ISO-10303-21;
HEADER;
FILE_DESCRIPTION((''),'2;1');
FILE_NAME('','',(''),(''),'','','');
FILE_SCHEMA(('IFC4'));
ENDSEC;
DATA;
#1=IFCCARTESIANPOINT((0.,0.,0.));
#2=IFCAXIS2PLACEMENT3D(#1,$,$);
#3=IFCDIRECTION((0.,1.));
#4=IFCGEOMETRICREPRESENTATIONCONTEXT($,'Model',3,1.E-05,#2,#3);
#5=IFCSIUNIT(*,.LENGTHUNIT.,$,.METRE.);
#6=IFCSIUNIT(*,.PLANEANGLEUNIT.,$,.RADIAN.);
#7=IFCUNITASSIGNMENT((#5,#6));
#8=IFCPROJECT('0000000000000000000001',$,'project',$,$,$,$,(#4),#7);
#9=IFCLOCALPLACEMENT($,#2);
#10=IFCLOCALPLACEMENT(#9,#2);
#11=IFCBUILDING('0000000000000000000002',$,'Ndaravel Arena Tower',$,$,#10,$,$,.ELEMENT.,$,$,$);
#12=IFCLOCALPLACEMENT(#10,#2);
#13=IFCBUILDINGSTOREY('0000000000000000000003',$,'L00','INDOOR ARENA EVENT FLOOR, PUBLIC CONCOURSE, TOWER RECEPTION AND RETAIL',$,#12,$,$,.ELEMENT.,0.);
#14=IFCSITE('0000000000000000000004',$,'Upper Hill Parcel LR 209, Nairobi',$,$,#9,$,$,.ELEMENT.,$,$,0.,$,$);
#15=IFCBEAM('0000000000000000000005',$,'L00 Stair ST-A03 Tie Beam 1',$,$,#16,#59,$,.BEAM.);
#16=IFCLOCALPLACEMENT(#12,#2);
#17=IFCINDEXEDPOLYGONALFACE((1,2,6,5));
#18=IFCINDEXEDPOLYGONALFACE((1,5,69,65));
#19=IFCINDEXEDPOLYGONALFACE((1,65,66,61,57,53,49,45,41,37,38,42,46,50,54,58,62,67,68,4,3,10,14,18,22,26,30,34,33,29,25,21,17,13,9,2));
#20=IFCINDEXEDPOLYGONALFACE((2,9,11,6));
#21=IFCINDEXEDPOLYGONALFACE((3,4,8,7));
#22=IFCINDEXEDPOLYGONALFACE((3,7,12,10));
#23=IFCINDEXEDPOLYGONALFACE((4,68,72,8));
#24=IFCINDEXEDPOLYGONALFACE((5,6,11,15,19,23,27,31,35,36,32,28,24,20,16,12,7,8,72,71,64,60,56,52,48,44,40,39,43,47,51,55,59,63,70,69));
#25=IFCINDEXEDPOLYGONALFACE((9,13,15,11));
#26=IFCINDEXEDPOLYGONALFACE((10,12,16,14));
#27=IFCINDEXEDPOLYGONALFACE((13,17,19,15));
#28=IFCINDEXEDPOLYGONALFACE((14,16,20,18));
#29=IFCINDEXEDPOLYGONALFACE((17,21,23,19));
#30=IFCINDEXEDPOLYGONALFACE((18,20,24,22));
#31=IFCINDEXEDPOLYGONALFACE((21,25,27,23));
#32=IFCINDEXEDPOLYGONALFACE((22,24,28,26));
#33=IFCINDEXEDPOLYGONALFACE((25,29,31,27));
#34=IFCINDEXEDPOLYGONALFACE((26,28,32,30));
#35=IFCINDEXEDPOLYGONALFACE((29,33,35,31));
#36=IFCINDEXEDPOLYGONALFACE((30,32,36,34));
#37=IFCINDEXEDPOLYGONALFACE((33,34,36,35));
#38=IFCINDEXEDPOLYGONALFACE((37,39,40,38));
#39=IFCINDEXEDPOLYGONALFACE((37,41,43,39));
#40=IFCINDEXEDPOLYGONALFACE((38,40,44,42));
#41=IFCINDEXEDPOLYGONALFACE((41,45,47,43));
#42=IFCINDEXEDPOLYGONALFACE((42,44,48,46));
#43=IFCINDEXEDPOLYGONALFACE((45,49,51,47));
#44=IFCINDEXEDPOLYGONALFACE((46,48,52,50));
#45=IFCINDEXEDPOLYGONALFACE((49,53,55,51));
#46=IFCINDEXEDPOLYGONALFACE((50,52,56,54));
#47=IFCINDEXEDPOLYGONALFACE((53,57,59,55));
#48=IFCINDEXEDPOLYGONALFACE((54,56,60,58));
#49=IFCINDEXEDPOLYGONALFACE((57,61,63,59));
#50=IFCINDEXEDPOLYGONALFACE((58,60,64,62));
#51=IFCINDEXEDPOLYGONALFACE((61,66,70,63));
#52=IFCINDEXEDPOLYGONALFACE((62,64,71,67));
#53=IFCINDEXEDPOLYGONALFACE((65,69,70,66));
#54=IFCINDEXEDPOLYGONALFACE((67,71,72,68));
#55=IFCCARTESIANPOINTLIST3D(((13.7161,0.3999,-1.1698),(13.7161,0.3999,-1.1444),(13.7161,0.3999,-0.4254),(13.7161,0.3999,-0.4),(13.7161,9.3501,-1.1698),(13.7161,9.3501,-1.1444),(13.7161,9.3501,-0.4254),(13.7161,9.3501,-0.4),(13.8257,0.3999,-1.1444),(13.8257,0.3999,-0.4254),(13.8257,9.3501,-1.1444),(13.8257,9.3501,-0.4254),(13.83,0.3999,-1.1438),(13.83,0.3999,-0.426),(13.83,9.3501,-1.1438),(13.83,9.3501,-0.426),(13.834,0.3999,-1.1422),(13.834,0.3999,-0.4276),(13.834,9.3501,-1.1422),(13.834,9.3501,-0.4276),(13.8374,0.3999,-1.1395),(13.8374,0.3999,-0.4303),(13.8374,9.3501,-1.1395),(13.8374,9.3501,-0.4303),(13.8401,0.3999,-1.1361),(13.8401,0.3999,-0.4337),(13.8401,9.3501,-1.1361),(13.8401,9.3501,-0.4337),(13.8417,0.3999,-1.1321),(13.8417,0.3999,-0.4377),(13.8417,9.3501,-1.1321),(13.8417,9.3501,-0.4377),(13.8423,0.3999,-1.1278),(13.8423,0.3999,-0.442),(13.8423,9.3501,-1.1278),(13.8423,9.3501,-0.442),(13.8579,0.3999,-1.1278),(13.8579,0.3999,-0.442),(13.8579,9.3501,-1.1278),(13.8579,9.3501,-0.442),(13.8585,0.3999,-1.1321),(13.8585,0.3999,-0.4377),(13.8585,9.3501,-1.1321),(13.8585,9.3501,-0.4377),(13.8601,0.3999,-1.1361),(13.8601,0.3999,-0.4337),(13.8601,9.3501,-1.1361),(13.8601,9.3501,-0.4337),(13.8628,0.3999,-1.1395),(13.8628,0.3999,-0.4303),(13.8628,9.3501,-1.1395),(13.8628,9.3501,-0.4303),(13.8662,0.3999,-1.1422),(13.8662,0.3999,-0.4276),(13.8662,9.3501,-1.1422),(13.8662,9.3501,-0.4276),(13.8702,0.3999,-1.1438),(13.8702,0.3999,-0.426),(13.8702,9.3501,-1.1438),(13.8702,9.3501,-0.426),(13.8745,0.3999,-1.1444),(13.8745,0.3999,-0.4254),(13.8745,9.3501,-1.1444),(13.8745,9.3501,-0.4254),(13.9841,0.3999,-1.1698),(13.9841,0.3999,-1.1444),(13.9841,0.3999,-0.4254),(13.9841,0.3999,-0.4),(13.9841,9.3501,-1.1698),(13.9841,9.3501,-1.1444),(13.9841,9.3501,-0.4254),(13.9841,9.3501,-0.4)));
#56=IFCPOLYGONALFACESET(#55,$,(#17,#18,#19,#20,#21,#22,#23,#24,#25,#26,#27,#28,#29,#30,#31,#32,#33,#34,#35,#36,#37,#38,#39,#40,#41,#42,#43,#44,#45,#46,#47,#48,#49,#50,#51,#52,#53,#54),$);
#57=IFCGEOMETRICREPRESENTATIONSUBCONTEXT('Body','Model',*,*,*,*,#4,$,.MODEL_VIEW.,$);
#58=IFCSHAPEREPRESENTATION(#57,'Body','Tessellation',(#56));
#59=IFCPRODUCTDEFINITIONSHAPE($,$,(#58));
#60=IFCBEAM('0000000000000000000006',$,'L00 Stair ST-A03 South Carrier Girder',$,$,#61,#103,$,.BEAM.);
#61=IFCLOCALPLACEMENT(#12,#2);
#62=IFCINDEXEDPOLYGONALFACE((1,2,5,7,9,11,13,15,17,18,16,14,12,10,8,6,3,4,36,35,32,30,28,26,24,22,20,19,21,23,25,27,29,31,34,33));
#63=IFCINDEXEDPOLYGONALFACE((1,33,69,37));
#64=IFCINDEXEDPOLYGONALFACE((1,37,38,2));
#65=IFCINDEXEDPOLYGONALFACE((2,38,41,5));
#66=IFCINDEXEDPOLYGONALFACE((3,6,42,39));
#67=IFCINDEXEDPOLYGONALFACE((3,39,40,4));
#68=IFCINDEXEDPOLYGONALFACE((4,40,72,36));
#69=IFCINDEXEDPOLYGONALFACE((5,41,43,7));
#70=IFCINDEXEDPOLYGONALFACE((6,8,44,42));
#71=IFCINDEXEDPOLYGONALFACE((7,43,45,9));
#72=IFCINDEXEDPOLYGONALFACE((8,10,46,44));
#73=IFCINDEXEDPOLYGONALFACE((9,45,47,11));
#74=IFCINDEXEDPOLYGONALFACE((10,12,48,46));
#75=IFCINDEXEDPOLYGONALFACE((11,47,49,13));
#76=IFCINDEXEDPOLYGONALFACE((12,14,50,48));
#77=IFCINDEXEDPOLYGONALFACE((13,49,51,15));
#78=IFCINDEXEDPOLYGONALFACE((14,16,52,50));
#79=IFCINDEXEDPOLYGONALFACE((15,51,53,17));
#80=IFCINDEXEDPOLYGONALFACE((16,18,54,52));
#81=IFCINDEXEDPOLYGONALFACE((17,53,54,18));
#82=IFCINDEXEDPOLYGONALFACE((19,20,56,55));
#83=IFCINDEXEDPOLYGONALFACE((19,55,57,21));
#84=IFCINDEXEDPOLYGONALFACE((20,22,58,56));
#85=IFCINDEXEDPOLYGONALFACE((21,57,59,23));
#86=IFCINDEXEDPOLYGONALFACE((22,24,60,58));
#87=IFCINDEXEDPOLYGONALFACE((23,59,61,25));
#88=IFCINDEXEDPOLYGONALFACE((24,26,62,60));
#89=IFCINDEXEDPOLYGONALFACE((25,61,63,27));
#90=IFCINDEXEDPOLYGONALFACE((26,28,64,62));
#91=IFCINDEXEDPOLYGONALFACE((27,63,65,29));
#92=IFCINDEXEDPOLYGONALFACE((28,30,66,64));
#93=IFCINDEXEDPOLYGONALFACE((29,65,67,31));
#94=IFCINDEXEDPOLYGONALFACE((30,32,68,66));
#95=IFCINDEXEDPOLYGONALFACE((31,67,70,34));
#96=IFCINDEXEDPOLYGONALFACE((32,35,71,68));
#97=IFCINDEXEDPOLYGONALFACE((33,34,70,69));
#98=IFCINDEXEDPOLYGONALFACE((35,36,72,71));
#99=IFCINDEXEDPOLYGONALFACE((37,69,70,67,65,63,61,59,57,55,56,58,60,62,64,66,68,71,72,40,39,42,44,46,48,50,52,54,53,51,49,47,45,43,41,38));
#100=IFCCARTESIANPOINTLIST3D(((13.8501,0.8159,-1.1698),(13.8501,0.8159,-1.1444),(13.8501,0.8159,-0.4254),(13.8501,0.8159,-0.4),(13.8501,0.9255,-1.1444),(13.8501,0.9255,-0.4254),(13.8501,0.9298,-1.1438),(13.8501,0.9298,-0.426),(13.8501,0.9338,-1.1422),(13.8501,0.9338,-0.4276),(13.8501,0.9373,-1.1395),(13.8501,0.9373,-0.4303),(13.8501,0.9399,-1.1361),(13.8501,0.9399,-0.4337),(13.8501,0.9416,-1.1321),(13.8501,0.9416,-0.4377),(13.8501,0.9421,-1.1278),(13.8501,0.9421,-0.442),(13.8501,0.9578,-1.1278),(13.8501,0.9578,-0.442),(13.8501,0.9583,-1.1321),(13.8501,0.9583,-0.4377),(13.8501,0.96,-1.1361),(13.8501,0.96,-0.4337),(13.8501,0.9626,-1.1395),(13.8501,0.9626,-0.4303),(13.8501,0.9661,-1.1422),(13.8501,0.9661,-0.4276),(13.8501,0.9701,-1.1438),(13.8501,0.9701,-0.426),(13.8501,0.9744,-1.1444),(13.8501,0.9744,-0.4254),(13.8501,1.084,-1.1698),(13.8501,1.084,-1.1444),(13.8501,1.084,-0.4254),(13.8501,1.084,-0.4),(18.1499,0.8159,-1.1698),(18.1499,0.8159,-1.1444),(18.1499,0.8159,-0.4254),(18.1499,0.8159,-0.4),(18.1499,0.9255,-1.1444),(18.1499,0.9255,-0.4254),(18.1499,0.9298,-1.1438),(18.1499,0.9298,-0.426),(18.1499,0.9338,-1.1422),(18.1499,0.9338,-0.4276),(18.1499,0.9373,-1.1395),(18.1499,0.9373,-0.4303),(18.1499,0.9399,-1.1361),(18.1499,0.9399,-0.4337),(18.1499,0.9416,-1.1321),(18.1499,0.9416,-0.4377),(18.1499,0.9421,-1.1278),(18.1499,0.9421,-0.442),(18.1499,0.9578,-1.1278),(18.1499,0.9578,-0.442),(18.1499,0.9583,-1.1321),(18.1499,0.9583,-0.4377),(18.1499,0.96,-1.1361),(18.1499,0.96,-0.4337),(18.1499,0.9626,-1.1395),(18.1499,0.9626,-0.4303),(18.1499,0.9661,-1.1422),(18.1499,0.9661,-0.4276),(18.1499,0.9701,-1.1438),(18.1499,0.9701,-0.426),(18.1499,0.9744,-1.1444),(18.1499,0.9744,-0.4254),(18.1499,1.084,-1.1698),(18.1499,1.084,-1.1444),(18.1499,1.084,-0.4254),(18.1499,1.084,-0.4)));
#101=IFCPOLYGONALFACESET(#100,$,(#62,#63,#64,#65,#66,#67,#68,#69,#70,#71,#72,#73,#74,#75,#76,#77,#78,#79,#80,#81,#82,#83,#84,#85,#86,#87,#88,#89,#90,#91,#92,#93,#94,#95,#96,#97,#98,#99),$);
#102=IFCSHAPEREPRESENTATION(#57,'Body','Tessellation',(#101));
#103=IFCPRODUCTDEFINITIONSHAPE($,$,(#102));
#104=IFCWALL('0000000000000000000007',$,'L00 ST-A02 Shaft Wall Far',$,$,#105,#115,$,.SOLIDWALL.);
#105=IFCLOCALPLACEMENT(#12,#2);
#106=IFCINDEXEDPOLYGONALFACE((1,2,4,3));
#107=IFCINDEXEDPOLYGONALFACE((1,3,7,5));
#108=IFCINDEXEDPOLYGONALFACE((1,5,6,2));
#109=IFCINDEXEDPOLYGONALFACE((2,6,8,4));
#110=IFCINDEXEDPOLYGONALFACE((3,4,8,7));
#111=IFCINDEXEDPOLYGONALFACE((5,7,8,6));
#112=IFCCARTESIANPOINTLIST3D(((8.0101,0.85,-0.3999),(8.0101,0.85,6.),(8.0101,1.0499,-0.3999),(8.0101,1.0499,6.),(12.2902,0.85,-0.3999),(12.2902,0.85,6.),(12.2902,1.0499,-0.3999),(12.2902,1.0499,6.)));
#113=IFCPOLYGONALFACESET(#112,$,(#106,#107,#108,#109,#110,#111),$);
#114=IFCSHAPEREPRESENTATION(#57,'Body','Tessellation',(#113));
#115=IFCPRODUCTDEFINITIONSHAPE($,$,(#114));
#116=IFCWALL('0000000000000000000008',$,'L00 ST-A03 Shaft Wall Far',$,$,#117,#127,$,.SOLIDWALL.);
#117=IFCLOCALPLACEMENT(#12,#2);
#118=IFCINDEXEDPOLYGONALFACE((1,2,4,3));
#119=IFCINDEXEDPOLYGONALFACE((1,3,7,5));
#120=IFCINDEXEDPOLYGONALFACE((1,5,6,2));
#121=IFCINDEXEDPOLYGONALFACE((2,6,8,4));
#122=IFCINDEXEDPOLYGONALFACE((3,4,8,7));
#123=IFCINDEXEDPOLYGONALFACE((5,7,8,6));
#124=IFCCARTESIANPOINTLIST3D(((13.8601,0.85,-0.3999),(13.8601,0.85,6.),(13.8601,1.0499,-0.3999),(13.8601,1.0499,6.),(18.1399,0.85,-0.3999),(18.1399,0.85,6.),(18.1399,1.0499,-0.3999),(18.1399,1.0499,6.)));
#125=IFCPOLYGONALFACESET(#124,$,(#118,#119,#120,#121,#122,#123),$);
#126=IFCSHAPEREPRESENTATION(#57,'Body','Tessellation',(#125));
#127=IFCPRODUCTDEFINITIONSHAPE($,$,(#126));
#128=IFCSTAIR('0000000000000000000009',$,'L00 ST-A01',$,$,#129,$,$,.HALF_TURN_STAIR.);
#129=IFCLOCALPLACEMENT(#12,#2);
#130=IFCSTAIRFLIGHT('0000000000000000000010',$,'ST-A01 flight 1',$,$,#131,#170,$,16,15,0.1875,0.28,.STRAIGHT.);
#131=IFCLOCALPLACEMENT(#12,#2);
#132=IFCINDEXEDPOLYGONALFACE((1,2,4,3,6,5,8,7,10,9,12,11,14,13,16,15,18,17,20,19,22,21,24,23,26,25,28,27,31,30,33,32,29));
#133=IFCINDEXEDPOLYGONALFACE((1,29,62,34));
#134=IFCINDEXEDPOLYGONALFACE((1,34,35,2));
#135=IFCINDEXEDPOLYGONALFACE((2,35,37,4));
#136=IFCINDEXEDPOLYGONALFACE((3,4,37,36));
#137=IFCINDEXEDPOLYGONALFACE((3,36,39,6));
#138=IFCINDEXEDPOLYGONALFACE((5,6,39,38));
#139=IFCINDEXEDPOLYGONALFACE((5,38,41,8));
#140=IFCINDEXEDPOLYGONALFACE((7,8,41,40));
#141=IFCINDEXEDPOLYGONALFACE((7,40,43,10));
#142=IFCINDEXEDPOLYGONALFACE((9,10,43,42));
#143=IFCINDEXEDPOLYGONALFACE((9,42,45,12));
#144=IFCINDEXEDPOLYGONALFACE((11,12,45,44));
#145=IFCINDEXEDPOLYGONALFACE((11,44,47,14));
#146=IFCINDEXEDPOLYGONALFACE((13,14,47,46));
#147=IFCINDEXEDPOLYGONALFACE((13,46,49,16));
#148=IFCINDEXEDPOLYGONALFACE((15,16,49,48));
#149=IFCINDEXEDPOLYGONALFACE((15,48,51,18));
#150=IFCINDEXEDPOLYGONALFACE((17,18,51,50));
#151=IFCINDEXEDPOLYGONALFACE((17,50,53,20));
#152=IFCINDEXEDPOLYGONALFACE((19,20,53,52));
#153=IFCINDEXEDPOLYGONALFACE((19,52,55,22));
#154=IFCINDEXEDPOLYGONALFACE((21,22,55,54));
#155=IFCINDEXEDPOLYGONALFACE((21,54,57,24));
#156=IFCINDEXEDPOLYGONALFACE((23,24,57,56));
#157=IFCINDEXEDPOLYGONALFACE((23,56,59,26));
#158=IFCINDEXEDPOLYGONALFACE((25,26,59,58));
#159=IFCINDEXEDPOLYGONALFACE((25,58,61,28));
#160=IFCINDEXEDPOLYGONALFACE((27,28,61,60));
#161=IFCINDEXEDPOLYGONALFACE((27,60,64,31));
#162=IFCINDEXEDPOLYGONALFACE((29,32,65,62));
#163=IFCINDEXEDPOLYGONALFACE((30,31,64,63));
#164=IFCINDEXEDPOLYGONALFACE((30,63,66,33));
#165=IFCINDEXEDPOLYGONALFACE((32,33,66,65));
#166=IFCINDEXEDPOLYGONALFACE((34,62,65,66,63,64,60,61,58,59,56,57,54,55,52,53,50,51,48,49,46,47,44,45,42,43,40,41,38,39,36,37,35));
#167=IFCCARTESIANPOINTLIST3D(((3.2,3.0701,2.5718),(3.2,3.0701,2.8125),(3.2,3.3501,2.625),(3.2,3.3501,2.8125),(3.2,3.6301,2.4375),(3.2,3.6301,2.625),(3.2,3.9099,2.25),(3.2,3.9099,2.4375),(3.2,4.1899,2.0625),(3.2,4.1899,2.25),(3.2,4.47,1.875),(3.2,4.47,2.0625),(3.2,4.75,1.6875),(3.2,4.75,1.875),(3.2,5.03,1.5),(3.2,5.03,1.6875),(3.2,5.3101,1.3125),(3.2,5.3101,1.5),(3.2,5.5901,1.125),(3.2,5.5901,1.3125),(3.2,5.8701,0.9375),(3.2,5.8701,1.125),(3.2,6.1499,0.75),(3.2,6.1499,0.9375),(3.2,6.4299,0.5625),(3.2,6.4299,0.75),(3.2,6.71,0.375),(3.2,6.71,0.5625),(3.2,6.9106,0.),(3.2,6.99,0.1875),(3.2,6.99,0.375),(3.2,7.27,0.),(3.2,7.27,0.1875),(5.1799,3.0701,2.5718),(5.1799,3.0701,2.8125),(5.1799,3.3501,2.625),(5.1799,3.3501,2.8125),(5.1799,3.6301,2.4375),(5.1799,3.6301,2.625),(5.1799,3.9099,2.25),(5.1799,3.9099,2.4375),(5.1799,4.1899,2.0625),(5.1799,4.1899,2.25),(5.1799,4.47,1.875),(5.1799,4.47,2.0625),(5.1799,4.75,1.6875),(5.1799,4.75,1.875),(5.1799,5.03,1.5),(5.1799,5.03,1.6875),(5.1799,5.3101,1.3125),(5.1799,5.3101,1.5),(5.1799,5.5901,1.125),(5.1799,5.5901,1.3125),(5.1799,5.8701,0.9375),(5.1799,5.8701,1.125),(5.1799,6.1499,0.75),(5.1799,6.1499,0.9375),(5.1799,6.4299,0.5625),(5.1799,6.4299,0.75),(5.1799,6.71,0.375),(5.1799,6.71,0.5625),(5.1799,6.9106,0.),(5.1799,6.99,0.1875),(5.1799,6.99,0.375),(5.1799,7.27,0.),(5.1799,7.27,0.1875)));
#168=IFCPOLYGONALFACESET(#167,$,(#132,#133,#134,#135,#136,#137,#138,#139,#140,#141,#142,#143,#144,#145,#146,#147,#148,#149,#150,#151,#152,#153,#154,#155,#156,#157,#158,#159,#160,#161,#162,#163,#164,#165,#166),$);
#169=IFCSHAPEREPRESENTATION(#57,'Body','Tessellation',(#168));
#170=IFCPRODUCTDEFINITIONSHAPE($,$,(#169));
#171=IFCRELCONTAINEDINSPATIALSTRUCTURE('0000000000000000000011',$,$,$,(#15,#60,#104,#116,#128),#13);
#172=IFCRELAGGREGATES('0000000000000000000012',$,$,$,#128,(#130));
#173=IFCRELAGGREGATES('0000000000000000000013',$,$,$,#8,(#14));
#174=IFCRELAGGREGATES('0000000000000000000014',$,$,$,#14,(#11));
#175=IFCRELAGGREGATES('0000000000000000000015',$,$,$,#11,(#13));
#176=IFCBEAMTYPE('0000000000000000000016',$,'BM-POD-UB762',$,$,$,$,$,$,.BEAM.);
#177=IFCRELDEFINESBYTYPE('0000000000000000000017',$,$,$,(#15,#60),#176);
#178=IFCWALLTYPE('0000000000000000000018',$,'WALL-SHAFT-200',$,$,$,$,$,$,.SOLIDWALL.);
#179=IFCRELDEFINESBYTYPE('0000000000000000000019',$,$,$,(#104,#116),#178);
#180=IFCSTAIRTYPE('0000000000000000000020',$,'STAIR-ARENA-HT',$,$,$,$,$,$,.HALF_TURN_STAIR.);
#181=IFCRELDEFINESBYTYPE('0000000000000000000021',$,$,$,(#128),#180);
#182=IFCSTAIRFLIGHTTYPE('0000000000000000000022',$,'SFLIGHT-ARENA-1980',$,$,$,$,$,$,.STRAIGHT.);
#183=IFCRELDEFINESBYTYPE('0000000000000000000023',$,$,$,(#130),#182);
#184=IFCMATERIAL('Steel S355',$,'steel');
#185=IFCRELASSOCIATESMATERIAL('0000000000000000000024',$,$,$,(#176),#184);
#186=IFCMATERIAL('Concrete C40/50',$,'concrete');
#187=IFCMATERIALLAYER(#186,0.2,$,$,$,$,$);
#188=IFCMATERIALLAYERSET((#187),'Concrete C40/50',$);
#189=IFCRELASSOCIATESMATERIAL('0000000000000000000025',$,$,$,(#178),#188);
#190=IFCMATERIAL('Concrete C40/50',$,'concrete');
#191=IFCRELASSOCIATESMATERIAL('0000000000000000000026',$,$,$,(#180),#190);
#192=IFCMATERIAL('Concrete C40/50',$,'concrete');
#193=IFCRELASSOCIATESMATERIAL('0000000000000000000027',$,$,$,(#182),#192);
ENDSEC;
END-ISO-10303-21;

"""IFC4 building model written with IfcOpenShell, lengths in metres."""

from ifc_helpers import new_model, si_unit, direction, frame, frame_2d, origin, origin_2d, place, context, subcontext, project, spatial, polyline, rectangle, i_section, outline, extrude, material, layer, layer_set, material_profile, profile_set, type_object, element, aggregate, save


model = new_model("IFC4")

# Units and contexts
model_context = context("Model", 3, precision=1e-05, world=origin(), true_north=direction((0.0, 1.0)))
body_context = subcontext(model_context, "Body", "Model", "MODEL_VIEW")
ifc_project = project(units=[si_unit("LENGTHUNIT", "METRE"), si_unit("PLANEANGLEUNIT", "RADIAN")], contexts=[model_context])

# Site, building, storey
site_placement = place(None, origin())
site = spatial("IfcSite", under=ifc_project, at=site_placement, Name="Upper Hill Parcel LR 209, Nairobi", CompositionType="ELEMENT", RefElevation=0.0)
building_placement = place(site_placement, origin())
building = spatial("IfcBuilding", under=site, at=building_placement, Name="Ndaravel Arena Tower", CompositionType="ELEMENT")
storey_placement = place(building_placement, origin())
storey = spatial("IfcBuildingStorey", under=building, at=storey_placement, Name="L00", Description="INDOOR ARENA EVENT FLOOR, PUBLIC CONCOURSE, TOWER RECEPTION AND RETAIL", CompositionType="ELEMENT", Elevation=0.0)

# Beams
ifc_material_1 = material(Name="Steel S355", Category="steel")
ifc_material_profile = material_profile(ifc_material_1, i_section(OverallWidth=0.2681, OverallDepth=0.7698, WebThickness=0.0156, FlangeThickness=0.0254, FilletRadius=0.0166, at=origin_2d()), Name="UB 762x267x197")
ifc_profile_set = profile_set([ifc_material_profile], Name="Steel S355")
beam_type = type_object("IfcBeamType", Name="BM-POD-UB762", PredefinedType="BEAM", material=ifc_profile_set)
beam_1_placement = place(storey_placement, frame((13.8501, 0.3999, -0.7849), z_axis=(0.0, 1.0, 0.0), x_axis=(-1.0, 0.0, 0.0)))
element("IfcBeam", 1, at=beam_1_placement, inside=storey, type_object=beam_type, Name="L00 Stair ST-A03 Tie Beam 1", PredefinedType="BEAM", context=body_context, shape_type="SweptSolid", body=[
    extrude(i_section(OverallWidth=0.2681, OverallDepth=0.7698, WebThickness=0.0156, FlangeThickness=0.0254, FilletRadius=0.0166, at=origin_2d()), origin(), (0.0, 0.0, 1.0), 8.9502),
])
beam_2_placement = place(storey_placement, frame((13.8501, 0.95, -0.7849), z_axis=(1.0, 0.0, 0.0), x_axis=(0.0, 1.0, 0.0)))
element("IfcBeam", 2, at=beam_2_placement, inside=storey, type_object=beam_type, Name="L00 Stair ST-A03 South Carrier Girder", PredefinedType="BEAM", context=body_context, shape_type="SweptSolid", body=[
    extrude(i_section(OverallWidth=0.2681, OverallDepth=0.7698, WebThickness=0.0156, FlangeThickness=0.0254, FilletRadius=0.0166, at=origin_2d()), origin(), (0.0, 0.0, 1.0), 4.2998),
])

# Walls
ifc_material_2 = material(Name="Concrete C40/50", Category="concrete")
ifc_layer_1 = layer(ifc_material_2, 0.2)
ifc_layer_set_1 = layer_set([ifc_layer_1], Name="Concrete C40/50")
wall_type = type_object("IfcWallType", Name="WALL-SHAFT-200", PredefinedType="SOLIDWALL", material=ifc_layer_set_1)
wall_1_placement = place(storey_placement, frame((8.01, 0.95, -0.3999), z_axis=(0.0, 0.0, 1.0), x_axis=(1.0, 0.0, 0.0)))
element("IfcWall", 3, at=wall_1_placement, inside=storey, type_object=wall_type, Name="L00 ST-A02 Shaft Wall Far", PredefinedType="SOLIDWALL", context=body_context, shape_type="SweptSolid", body=[
    extrude(rectangle(XDim=4.28, YDim=0.2, at=frame_2d((2.1401, 0.0))), origin(), (0.0, 0.0, 1.0), 6.3999),
])
wall_2_placement = place(storey_placement, frame((13.8601, 0.95, -0.3999), z_axis=(0.0, 0.0, 1.0), x_axis=(1.0, 0.0, 0.0)))
element("IfcWall", 4, at=wall_2_placement, inside=storey, type_object=wall_type, Name="L00 ST-A03 Shaft Wall Far", PredefinedType="SOLIDWALL", context=body_context, shape_type="SweptSolid", body=[
    extrude(rectangle(XDim=4.2798, YDim=0.2, at=frame_2d((2.1399, 0.0))), origin(), (0.0, 0.0, 1.0), 6.3999),
])

# Stair, stair flight
ifc_material_3 = material(Name="Concrete C40/50", Category="concrete")
stair_type = type_object("IfcStairType", Name="STAIR-ARENA-HT", PredefinedType="HALF_TURN_STAIR", material=ifc_material_3)
stair_1_placement = place(storey_placement, origin())
stair_1 = element("IfcStair", 5, at=stair_1_placement, inside=storey, type_object=stair_type, Name="L00 ST-A01", PredefinedType="HALF_TURN_STAIR")
ifc_material_4 = material(Name="Concrete C40/50", Category="concrete")
stair_flight_type = type_object("IfcStairFlightType", Name="SFLIGHT-ARENA-1980", PredefinedType="STRAIGHT", material=ifc_material_4)
stair_flight_1_placement = place(storey_placement, frame((4.1899, 7.27, 0.0), z_axis=(0.0, 0.0, 1.0), x_axis=(0.0, -1.0, 0.0)))
stair_flight_1 = element("IfcStairFlight", 6, at=stair_flight_1_placement, type_object=stair_flight_type, Name="ST-A01 flight 1", NumberOfRisers=16, NumberOfTreads=15, PredefinedType="STRAIGHT", RiserHeight=0.1875, TreadLength=0.28, context=body_context, shape_type="SweptSolid", body=[
    extrude(outline(polyline([(0.0, 0.0), (0.0, 0.1875), (0.28, 0.1875), (0.28, 0.375), (0.5601, 0.375), (0.5601, 0.5625), (0.8401, 0.5625), (0.8401, 0.75), (1.1201, 0.75), (1.1201, 0.9375), (1.3999, 0.9375), (1.3999, 1.125), (1.6799, 1.125), (1.6799, 1.3125), (1.96, 1.3125), (1.96, 1.5), (2.24, 1.5), (2.24, 1.6875), (2.52, 1.6875), (2.52, 1.875), (2.8, 1.875), (2.8, 2.0625), (3.0801, 2.0625), (3.0801, 2.25), (3.3601, 2.25), (3.3601, 2.4375), (3.6399, 2.4375), (3.6399, 2.625), (3.9199, 2.625), (3.9199, 2.8125), (4.2, 2.8125), (4.2, 3.0), (4.2, 2.5718), (0.3594, 0.0), (0.0, 0.0)])), frame((0.0, 0.99, 0.0), z_axis=(0.0, -1.0, 0.0), x_axis=(1.0, 0.0, 0.0)), (0.0, 0.0, 1.0), 1.98),
])
aggregate(stair_1, [stair_flight_1])

save(model, "model.ifc")
